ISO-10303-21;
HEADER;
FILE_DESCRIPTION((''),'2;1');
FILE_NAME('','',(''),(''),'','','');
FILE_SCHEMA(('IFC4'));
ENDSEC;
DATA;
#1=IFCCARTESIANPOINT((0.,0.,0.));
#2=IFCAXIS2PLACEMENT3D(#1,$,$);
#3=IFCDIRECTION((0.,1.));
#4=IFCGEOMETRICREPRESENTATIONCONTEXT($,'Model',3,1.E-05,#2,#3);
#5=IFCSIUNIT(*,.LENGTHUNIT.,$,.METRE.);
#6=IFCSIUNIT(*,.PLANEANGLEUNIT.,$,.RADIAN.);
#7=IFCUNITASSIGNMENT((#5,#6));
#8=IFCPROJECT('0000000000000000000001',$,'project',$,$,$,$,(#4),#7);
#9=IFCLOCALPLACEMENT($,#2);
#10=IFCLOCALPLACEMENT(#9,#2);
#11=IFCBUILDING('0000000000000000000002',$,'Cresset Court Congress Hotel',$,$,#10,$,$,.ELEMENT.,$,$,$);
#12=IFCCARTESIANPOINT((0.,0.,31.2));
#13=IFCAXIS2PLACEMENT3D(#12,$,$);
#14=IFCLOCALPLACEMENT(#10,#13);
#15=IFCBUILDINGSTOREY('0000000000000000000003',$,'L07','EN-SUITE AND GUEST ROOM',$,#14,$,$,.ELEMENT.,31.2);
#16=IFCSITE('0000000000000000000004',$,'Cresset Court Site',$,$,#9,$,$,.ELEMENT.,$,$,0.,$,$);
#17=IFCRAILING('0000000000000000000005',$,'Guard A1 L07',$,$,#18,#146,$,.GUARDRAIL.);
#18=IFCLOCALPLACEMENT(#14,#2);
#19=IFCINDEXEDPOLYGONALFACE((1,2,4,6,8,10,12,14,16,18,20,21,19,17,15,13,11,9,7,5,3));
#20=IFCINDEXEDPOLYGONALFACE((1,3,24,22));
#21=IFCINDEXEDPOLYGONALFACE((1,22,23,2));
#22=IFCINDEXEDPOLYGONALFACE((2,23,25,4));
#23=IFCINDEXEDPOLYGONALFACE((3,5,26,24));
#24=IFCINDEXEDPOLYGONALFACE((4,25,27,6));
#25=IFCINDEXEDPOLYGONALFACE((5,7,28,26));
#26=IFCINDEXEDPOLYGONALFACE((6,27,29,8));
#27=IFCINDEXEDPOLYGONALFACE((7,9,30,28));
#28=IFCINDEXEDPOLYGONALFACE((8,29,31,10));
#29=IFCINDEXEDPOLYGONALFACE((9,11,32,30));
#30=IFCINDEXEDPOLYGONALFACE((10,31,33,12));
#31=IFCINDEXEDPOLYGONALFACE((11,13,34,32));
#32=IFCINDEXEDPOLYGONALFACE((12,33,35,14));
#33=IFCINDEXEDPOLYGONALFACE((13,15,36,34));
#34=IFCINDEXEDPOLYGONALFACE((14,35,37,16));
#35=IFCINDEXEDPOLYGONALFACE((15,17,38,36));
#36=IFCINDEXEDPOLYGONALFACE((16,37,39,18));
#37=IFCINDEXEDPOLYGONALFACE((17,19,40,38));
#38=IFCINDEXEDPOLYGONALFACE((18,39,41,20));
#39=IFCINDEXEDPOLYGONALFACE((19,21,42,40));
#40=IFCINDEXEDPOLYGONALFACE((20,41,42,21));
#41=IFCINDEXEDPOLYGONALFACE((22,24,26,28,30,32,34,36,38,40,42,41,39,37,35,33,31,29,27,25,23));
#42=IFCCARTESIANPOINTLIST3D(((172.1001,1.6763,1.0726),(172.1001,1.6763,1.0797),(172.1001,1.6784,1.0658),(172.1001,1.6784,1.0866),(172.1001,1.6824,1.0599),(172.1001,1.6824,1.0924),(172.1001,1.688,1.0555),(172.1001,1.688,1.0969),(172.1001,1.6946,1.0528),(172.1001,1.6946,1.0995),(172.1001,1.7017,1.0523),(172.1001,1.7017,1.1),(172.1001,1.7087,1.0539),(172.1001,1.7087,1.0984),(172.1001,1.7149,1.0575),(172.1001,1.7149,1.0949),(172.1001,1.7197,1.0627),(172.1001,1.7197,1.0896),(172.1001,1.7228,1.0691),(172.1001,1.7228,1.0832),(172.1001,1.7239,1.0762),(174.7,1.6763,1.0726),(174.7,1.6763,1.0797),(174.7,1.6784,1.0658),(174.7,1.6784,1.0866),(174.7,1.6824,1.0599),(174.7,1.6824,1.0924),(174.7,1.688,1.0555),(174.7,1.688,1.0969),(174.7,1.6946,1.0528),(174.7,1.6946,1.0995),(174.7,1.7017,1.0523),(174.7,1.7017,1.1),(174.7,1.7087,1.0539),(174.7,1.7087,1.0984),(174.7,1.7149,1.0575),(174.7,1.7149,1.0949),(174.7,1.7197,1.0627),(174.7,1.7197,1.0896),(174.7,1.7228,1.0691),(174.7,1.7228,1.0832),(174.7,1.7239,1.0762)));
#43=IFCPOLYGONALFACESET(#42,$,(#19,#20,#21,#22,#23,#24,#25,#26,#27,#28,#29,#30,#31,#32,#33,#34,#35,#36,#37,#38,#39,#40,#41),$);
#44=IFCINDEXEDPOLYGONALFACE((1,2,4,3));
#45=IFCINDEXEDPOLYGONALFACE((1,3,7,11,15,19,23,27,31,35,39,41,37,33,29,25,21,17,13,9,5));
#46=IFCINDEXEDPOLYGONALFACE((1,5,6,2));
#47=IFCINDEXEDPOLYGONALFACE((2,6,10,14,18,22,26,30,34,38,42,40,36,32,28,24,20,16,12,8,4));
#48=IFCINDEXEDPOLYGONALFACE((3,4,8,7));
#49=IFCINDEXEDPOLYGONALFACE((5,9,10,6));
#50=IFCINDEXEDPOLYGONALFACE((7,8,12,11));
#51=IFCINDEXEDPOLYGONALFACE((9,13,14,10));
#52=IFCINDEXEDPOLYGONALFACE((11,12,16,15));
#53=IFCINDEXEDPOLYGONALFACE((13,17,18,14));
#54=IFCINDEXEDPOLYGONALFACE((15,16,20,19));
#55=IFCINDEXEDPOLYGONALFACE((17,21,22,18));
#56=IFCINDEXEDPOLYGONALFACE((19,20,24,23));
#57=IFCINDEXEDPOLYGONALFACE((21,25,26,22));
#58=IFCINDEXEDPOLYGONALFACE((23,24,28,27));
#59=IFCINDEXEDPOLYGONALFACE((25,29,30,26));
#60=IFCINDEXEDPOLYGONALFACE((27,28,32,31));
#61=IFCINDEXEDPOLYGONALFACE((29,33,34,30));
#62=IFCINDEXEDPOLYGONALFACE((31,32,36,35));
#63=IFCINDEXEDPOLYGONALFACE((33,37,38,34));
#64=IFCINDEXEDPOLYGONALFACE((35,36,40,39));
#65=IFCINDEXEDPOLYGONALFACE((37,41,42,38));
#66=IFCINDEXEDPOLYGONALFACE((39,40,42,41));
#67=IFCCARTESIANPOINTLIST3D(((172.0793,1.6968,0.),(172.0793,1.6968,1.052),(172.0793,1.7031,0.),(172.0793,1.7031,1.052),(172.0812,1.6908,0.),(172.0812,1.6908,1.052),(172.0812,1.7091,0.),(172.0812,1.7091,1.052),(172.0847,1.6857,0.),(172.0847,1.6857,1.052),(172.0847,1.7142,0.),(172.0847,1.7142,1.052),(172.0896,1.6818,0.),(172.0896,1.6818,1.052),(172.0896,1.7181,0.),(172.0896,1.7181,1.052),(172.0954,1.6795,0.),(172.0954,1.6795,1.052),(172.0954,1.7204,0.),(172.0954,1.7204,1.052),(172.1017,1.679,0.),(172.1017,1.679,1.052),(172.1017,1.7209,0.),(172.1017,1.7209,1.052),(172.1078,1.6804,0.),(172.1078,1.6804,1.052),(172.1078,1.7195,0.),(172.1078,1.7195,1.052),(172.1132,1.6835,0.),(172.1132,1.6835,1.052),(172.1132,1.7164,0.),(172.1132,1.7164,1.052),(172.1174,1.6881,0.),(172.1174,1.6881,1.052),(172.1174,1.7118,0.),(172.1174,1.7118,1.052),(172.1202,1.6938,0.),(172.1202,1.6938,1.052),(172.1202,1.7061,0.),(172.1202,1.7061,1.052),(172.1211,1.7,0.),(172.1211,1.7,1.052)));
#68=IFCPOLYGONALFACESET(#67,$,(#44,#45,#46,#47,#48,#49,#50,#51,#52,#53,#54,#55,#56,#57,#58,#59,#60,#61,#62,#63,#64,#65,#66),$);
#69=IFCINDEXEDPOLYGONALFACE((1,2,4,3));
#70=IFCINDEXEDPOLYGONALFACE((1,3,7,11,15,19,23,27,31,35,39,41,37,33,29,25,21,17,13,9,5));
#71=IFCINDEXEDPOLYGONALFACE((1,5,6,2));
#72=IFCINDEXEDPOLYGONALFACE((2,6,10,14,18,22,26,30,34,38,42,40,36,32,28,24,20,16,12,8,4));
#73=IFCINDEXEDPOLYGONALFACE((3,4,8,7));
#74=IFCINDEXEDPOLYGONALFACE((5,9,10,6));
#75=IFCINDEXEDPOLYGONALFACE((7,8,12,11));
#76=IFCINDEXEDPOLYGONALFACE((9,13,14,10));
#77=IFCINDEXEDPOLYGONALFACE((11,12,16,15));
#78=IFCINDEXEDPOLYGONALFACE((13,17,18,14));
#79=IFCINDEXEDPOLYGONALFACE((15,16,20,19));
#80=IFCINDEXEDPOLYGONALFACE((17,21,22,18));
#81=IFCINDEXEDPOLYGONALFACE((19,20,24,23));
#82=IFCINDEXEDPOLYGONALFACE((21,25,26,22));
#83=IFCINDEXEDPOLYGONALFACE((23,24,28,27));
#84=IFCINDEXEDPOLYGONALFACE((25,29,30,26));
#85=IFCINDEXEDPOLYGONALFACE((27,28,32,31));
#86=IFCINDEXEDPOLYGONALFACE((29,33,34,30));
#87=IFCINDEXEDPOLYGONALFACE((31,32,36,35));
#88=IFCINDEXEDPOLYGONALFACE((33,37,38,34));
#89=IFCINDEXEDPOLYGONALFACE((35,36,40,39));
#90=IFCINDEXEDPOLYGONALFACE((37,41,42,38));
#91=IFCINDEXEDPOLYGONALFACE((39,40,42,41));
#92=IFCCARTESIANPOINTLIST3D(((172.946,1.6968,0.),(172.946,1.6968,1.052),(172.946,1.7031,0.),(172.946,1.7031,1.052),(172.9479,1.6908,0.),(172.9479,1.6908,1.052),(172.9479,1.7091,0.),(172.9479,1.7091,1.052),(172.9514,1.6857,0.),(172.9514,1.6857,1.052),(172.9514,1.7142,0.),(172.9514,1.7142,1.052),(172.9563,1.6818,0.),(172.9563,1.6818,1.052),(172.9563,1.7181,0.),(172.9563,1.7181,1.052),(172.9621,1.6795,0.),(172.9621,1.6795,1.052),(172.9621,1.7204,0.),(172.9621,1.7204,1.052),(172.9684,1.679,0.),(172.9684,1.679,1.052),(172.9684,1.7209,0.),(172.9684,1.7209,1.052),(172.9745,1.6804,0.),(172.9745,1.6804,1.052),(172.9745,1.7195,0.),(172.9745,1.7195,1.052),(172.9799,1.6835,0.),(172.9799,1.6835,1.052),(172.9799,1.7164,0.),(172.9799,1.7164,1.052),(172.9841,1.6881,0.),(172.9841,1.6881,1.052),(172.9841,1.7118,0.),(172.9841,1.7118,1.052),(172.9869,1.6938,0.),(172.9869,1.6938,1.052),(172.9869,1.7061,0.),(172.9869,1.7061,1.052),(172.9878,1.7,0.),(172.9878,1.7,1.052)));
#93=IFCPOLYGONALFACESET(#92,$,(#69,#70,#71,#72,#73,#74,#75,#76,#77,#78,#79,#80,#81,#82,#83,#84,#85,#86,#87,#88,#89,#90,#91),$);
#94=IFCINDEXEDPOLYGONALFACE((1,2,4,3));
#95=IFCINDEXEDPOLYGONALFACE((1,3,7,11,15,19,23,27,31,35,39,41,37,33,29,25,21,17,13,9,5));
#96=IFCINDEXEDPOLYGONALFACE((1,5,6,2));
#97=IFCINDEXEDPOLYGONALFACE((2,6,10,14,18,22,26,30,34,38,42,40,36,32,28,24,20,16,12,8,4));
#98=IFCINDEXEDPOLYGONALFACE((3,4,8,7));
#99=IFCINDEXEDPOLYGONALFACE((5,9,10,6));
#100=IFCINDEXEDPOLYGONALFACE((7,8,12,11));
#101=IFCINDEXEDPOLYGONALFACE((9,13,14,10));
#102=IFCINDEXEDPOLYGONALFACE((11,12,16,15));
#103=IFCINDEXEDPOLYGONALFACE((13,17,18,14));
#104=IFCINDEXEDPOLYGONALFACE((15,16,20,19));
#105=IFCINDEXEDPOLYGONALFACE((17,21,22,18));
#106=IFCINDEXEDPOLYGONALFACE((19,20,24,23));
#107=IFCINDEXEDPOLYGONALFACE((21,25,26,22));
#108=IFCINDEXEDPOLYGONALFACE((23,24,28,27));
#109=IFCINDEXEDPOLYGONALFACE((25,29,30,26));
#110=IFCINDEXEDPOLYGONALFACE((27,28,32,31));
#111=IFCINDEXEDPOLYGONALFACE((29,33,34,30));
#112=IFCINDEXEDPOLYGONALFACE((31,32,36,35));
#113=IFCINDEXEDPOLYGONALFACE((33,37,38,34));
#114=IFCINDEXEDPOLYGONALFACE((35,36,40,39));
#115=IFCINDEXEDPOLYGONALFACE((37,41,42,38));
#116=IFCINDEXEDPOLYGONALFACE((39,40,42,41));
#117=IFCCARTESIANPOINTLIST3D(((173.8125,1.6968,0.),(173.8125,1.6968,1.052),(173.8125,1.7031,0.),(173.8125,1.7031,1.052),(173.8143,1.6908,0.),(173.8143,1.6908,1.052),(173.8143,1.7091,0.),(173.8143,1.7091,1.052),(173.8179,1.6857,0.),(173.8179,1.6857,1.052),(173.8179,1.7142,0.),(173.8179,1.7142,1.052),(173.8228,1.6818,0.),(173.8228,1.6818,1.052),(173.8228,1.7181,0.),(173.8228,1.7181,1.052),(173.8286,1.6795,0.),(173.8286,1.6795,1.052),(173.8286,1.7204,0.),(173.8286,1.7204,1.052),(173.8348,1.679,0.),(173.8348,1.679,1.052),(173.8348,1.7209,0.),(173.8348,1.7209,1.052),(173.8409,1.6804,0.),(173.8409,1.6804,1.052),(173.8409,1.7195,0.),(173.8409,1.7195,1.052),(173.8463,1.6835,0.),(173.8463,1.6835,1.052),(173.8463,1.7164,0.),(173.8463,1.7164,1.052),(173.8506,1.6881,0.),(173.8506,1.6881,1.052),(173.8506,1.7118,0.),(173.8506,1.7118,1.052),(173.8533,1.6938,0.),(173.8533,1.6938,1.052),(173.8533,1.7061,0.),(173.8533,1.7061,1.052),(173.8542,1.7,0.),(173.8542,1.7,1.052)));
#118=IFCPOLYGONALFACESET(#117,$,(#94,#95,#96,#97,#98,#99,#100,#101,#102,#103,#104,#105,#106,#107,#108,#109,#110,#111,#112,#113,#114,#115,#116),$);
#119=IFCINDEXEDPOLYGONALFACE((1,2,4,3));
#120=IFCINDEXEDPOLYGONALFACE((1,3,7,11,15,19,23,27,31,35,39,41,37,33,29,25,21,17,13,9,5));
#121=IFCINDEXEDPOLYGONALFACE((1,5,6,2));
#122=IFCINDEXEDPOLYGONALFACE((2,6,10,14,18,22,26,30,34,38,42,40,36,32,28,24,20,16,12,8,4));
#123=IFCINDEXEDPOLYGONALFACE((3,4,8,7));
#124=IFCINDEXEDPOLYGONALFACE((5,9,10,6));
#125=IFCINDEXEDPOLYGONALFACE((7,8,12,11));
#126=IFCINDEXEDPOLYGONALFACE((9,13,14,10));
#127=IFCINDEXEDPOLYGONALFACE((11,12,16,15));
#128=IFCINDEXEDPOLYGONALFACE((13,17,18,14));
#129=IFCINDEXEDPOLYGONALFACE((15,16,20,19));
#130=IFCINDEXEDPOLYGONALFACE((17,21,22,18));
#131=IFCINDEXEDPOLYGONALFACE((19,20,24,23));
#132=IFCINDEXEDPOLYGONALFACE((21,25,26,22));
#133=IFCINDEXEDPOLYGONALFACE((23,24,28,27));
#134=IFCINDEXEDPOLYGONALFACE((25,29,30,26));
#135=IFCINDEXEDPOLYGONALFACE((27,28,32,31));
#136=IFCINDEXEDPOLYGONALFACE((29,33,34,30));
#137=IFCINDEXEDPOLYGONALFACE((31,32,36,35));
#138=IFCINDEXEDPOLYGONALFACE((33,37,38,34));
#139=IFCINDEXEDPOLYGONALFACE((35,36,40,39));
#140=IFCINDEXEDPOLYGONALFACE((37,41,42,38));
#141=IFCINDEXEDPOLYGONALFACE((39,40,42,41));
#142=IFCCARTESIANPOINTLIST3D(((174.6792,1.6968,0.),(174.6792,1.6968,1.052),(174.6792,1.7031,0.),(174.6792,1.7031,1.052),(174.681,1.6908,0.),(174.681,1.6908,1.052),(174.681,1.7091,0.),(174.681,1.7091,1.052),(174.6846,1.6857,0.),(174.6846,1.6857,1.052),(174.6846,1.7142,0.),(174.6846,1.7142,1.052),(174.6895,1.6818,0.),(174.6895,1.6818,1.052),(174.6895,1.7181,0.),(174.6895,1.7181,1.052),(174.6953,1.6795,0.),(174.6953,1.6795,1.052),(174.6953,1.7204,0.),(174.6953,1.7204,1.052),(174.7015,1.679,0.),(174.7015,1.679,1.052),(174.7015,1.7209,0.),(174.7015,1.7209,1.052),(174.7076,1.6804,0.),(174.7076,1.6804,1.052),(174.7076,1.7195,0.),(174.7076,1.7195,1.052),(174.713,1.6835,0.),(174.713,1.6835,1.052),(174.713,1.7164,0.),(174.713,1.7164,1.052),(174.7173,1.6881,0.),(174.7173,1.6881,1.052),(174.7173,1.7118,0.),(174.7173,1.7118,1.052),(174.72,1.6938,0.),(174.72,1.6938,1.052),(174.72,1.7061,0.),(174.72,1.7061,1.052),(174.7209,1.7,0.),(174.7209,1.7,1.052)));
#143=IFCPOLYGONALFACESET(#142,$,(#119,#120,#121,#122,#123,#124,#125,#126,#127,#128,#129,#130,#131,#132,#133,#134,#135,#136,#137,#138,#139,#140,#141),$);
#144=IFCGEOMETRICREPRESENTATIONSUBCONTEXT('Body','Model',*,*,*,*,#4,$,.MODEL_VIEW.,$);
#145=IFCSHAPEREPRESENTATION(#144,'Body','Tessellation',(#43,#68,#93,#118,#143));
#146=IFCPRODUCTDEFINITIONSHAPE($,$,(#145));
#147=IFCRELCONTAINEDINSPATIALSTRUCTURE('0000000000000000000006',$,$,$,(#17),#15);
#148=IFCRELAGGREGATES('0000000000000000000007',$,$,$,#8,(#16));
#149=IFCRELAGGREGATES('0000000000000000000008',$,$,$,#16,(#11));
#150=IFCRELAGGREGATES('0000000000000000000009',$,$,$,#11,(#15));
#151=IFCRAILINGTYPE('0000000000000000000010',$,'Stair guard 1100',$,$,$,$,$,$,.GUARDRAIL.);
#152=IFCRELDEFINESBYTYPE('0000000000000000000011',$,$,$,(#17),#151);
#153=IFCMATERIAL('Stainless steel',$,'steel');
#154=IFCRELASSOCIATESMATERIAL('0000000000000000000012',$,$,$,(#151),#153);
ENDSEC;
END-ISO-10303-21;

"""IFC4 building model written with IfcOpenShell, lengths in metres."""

from ifc_helpers import new_model, si_unit, direction, frame, origin, origin_2d, place, context, subcontext, project, spatial, circle, extrude, material, type_object, element, save


model = new_model("IFC4")

# Units and contexts
model_context = context("Model", 3, precision=1e-05, world=origin(), true_north=direction((0.0, 1.0)))
body_context = subcontext(model_context, "Body", "Model", "MODEL_VIEW")
ifc_project = project(units=[si_unit("LENGTHUNIT", "METRE"), si_unit("PLANEANGLEUNIT", "RADIAN")], contexts=[model_context])

# Site, building, storey
site_placement = place(None, origin())
site = spatial("IfcSite", under=ifc_project, at=site_placement, Name="Cresset Court Site", CompositionType="ELEMENT", RefElevation=0.0)
building_placement = place(site_placement, origin())
building = spatial("IfcBuilding", under=site, at=building_placement, Name="Cresset Court Congress Hotel", CompositionType="ELEMENT")
storey_placement = place(building_placement, frame((0.0, 0.0, 31.2)))
storey = spatial("IfcBuildingStorey", under=building, at=storey_placement, Name="L07", Description="EN-SUITE AND GUEST ROOM", CompositionType="ELEMENT", Elevation=31.2)

# Railing
ifc_material_1 = material(Name="Stainless steel", Category="steel")
railing_type_1 = type_object("IfcRailingType", Name="Stair guard 1100", PredefinedType="GUARDRAIL", material=ifc_material_1)
railing_1_placement = place(storey_placement, frame((172.1001, 1.7, 0.0)))
element("IfcRailing", 1, at=railing_1_placement, inside=storey, type_object=railing_type_1, Name="Guard A1 L07", PredefinedType="GUARDRAIL", context=body_context, shape_type="SweptSolid", body=[
    extrude(circle(Radius=0.0239, at=origin_2d()), frame((0.0, 0.0, 1.0762), z_axis=(1.0, 0.0, 0.0), x_axis=(0.0, 1.0, 0.0)), (0.0, 0.0, 1.0), 2.5999),
    extrude(circle(Radius=0.021, at=origin_2d()), origin(), (0.0, 0.0, 1.0), 1.052),
    extrude(circle(Radius=0.021, at=origin_2d()), frame((0.8667, 0.0, 0.0)), (0.0, 0.0, 1.0), 1.052),
    extrude(circle(Radius=0.021, at=origin_2d()), frame((1.7332, 0.0, 0.0)), (0.0, 0.0, 1.0), 1.052),
    extrude(circle(Radius=0.021, at=origin_2d()), frame((2.5999, 0.0, 0.0)), (0.0, 0.0, 1.0), 1.052),
])

save(model, "model.ifc")
